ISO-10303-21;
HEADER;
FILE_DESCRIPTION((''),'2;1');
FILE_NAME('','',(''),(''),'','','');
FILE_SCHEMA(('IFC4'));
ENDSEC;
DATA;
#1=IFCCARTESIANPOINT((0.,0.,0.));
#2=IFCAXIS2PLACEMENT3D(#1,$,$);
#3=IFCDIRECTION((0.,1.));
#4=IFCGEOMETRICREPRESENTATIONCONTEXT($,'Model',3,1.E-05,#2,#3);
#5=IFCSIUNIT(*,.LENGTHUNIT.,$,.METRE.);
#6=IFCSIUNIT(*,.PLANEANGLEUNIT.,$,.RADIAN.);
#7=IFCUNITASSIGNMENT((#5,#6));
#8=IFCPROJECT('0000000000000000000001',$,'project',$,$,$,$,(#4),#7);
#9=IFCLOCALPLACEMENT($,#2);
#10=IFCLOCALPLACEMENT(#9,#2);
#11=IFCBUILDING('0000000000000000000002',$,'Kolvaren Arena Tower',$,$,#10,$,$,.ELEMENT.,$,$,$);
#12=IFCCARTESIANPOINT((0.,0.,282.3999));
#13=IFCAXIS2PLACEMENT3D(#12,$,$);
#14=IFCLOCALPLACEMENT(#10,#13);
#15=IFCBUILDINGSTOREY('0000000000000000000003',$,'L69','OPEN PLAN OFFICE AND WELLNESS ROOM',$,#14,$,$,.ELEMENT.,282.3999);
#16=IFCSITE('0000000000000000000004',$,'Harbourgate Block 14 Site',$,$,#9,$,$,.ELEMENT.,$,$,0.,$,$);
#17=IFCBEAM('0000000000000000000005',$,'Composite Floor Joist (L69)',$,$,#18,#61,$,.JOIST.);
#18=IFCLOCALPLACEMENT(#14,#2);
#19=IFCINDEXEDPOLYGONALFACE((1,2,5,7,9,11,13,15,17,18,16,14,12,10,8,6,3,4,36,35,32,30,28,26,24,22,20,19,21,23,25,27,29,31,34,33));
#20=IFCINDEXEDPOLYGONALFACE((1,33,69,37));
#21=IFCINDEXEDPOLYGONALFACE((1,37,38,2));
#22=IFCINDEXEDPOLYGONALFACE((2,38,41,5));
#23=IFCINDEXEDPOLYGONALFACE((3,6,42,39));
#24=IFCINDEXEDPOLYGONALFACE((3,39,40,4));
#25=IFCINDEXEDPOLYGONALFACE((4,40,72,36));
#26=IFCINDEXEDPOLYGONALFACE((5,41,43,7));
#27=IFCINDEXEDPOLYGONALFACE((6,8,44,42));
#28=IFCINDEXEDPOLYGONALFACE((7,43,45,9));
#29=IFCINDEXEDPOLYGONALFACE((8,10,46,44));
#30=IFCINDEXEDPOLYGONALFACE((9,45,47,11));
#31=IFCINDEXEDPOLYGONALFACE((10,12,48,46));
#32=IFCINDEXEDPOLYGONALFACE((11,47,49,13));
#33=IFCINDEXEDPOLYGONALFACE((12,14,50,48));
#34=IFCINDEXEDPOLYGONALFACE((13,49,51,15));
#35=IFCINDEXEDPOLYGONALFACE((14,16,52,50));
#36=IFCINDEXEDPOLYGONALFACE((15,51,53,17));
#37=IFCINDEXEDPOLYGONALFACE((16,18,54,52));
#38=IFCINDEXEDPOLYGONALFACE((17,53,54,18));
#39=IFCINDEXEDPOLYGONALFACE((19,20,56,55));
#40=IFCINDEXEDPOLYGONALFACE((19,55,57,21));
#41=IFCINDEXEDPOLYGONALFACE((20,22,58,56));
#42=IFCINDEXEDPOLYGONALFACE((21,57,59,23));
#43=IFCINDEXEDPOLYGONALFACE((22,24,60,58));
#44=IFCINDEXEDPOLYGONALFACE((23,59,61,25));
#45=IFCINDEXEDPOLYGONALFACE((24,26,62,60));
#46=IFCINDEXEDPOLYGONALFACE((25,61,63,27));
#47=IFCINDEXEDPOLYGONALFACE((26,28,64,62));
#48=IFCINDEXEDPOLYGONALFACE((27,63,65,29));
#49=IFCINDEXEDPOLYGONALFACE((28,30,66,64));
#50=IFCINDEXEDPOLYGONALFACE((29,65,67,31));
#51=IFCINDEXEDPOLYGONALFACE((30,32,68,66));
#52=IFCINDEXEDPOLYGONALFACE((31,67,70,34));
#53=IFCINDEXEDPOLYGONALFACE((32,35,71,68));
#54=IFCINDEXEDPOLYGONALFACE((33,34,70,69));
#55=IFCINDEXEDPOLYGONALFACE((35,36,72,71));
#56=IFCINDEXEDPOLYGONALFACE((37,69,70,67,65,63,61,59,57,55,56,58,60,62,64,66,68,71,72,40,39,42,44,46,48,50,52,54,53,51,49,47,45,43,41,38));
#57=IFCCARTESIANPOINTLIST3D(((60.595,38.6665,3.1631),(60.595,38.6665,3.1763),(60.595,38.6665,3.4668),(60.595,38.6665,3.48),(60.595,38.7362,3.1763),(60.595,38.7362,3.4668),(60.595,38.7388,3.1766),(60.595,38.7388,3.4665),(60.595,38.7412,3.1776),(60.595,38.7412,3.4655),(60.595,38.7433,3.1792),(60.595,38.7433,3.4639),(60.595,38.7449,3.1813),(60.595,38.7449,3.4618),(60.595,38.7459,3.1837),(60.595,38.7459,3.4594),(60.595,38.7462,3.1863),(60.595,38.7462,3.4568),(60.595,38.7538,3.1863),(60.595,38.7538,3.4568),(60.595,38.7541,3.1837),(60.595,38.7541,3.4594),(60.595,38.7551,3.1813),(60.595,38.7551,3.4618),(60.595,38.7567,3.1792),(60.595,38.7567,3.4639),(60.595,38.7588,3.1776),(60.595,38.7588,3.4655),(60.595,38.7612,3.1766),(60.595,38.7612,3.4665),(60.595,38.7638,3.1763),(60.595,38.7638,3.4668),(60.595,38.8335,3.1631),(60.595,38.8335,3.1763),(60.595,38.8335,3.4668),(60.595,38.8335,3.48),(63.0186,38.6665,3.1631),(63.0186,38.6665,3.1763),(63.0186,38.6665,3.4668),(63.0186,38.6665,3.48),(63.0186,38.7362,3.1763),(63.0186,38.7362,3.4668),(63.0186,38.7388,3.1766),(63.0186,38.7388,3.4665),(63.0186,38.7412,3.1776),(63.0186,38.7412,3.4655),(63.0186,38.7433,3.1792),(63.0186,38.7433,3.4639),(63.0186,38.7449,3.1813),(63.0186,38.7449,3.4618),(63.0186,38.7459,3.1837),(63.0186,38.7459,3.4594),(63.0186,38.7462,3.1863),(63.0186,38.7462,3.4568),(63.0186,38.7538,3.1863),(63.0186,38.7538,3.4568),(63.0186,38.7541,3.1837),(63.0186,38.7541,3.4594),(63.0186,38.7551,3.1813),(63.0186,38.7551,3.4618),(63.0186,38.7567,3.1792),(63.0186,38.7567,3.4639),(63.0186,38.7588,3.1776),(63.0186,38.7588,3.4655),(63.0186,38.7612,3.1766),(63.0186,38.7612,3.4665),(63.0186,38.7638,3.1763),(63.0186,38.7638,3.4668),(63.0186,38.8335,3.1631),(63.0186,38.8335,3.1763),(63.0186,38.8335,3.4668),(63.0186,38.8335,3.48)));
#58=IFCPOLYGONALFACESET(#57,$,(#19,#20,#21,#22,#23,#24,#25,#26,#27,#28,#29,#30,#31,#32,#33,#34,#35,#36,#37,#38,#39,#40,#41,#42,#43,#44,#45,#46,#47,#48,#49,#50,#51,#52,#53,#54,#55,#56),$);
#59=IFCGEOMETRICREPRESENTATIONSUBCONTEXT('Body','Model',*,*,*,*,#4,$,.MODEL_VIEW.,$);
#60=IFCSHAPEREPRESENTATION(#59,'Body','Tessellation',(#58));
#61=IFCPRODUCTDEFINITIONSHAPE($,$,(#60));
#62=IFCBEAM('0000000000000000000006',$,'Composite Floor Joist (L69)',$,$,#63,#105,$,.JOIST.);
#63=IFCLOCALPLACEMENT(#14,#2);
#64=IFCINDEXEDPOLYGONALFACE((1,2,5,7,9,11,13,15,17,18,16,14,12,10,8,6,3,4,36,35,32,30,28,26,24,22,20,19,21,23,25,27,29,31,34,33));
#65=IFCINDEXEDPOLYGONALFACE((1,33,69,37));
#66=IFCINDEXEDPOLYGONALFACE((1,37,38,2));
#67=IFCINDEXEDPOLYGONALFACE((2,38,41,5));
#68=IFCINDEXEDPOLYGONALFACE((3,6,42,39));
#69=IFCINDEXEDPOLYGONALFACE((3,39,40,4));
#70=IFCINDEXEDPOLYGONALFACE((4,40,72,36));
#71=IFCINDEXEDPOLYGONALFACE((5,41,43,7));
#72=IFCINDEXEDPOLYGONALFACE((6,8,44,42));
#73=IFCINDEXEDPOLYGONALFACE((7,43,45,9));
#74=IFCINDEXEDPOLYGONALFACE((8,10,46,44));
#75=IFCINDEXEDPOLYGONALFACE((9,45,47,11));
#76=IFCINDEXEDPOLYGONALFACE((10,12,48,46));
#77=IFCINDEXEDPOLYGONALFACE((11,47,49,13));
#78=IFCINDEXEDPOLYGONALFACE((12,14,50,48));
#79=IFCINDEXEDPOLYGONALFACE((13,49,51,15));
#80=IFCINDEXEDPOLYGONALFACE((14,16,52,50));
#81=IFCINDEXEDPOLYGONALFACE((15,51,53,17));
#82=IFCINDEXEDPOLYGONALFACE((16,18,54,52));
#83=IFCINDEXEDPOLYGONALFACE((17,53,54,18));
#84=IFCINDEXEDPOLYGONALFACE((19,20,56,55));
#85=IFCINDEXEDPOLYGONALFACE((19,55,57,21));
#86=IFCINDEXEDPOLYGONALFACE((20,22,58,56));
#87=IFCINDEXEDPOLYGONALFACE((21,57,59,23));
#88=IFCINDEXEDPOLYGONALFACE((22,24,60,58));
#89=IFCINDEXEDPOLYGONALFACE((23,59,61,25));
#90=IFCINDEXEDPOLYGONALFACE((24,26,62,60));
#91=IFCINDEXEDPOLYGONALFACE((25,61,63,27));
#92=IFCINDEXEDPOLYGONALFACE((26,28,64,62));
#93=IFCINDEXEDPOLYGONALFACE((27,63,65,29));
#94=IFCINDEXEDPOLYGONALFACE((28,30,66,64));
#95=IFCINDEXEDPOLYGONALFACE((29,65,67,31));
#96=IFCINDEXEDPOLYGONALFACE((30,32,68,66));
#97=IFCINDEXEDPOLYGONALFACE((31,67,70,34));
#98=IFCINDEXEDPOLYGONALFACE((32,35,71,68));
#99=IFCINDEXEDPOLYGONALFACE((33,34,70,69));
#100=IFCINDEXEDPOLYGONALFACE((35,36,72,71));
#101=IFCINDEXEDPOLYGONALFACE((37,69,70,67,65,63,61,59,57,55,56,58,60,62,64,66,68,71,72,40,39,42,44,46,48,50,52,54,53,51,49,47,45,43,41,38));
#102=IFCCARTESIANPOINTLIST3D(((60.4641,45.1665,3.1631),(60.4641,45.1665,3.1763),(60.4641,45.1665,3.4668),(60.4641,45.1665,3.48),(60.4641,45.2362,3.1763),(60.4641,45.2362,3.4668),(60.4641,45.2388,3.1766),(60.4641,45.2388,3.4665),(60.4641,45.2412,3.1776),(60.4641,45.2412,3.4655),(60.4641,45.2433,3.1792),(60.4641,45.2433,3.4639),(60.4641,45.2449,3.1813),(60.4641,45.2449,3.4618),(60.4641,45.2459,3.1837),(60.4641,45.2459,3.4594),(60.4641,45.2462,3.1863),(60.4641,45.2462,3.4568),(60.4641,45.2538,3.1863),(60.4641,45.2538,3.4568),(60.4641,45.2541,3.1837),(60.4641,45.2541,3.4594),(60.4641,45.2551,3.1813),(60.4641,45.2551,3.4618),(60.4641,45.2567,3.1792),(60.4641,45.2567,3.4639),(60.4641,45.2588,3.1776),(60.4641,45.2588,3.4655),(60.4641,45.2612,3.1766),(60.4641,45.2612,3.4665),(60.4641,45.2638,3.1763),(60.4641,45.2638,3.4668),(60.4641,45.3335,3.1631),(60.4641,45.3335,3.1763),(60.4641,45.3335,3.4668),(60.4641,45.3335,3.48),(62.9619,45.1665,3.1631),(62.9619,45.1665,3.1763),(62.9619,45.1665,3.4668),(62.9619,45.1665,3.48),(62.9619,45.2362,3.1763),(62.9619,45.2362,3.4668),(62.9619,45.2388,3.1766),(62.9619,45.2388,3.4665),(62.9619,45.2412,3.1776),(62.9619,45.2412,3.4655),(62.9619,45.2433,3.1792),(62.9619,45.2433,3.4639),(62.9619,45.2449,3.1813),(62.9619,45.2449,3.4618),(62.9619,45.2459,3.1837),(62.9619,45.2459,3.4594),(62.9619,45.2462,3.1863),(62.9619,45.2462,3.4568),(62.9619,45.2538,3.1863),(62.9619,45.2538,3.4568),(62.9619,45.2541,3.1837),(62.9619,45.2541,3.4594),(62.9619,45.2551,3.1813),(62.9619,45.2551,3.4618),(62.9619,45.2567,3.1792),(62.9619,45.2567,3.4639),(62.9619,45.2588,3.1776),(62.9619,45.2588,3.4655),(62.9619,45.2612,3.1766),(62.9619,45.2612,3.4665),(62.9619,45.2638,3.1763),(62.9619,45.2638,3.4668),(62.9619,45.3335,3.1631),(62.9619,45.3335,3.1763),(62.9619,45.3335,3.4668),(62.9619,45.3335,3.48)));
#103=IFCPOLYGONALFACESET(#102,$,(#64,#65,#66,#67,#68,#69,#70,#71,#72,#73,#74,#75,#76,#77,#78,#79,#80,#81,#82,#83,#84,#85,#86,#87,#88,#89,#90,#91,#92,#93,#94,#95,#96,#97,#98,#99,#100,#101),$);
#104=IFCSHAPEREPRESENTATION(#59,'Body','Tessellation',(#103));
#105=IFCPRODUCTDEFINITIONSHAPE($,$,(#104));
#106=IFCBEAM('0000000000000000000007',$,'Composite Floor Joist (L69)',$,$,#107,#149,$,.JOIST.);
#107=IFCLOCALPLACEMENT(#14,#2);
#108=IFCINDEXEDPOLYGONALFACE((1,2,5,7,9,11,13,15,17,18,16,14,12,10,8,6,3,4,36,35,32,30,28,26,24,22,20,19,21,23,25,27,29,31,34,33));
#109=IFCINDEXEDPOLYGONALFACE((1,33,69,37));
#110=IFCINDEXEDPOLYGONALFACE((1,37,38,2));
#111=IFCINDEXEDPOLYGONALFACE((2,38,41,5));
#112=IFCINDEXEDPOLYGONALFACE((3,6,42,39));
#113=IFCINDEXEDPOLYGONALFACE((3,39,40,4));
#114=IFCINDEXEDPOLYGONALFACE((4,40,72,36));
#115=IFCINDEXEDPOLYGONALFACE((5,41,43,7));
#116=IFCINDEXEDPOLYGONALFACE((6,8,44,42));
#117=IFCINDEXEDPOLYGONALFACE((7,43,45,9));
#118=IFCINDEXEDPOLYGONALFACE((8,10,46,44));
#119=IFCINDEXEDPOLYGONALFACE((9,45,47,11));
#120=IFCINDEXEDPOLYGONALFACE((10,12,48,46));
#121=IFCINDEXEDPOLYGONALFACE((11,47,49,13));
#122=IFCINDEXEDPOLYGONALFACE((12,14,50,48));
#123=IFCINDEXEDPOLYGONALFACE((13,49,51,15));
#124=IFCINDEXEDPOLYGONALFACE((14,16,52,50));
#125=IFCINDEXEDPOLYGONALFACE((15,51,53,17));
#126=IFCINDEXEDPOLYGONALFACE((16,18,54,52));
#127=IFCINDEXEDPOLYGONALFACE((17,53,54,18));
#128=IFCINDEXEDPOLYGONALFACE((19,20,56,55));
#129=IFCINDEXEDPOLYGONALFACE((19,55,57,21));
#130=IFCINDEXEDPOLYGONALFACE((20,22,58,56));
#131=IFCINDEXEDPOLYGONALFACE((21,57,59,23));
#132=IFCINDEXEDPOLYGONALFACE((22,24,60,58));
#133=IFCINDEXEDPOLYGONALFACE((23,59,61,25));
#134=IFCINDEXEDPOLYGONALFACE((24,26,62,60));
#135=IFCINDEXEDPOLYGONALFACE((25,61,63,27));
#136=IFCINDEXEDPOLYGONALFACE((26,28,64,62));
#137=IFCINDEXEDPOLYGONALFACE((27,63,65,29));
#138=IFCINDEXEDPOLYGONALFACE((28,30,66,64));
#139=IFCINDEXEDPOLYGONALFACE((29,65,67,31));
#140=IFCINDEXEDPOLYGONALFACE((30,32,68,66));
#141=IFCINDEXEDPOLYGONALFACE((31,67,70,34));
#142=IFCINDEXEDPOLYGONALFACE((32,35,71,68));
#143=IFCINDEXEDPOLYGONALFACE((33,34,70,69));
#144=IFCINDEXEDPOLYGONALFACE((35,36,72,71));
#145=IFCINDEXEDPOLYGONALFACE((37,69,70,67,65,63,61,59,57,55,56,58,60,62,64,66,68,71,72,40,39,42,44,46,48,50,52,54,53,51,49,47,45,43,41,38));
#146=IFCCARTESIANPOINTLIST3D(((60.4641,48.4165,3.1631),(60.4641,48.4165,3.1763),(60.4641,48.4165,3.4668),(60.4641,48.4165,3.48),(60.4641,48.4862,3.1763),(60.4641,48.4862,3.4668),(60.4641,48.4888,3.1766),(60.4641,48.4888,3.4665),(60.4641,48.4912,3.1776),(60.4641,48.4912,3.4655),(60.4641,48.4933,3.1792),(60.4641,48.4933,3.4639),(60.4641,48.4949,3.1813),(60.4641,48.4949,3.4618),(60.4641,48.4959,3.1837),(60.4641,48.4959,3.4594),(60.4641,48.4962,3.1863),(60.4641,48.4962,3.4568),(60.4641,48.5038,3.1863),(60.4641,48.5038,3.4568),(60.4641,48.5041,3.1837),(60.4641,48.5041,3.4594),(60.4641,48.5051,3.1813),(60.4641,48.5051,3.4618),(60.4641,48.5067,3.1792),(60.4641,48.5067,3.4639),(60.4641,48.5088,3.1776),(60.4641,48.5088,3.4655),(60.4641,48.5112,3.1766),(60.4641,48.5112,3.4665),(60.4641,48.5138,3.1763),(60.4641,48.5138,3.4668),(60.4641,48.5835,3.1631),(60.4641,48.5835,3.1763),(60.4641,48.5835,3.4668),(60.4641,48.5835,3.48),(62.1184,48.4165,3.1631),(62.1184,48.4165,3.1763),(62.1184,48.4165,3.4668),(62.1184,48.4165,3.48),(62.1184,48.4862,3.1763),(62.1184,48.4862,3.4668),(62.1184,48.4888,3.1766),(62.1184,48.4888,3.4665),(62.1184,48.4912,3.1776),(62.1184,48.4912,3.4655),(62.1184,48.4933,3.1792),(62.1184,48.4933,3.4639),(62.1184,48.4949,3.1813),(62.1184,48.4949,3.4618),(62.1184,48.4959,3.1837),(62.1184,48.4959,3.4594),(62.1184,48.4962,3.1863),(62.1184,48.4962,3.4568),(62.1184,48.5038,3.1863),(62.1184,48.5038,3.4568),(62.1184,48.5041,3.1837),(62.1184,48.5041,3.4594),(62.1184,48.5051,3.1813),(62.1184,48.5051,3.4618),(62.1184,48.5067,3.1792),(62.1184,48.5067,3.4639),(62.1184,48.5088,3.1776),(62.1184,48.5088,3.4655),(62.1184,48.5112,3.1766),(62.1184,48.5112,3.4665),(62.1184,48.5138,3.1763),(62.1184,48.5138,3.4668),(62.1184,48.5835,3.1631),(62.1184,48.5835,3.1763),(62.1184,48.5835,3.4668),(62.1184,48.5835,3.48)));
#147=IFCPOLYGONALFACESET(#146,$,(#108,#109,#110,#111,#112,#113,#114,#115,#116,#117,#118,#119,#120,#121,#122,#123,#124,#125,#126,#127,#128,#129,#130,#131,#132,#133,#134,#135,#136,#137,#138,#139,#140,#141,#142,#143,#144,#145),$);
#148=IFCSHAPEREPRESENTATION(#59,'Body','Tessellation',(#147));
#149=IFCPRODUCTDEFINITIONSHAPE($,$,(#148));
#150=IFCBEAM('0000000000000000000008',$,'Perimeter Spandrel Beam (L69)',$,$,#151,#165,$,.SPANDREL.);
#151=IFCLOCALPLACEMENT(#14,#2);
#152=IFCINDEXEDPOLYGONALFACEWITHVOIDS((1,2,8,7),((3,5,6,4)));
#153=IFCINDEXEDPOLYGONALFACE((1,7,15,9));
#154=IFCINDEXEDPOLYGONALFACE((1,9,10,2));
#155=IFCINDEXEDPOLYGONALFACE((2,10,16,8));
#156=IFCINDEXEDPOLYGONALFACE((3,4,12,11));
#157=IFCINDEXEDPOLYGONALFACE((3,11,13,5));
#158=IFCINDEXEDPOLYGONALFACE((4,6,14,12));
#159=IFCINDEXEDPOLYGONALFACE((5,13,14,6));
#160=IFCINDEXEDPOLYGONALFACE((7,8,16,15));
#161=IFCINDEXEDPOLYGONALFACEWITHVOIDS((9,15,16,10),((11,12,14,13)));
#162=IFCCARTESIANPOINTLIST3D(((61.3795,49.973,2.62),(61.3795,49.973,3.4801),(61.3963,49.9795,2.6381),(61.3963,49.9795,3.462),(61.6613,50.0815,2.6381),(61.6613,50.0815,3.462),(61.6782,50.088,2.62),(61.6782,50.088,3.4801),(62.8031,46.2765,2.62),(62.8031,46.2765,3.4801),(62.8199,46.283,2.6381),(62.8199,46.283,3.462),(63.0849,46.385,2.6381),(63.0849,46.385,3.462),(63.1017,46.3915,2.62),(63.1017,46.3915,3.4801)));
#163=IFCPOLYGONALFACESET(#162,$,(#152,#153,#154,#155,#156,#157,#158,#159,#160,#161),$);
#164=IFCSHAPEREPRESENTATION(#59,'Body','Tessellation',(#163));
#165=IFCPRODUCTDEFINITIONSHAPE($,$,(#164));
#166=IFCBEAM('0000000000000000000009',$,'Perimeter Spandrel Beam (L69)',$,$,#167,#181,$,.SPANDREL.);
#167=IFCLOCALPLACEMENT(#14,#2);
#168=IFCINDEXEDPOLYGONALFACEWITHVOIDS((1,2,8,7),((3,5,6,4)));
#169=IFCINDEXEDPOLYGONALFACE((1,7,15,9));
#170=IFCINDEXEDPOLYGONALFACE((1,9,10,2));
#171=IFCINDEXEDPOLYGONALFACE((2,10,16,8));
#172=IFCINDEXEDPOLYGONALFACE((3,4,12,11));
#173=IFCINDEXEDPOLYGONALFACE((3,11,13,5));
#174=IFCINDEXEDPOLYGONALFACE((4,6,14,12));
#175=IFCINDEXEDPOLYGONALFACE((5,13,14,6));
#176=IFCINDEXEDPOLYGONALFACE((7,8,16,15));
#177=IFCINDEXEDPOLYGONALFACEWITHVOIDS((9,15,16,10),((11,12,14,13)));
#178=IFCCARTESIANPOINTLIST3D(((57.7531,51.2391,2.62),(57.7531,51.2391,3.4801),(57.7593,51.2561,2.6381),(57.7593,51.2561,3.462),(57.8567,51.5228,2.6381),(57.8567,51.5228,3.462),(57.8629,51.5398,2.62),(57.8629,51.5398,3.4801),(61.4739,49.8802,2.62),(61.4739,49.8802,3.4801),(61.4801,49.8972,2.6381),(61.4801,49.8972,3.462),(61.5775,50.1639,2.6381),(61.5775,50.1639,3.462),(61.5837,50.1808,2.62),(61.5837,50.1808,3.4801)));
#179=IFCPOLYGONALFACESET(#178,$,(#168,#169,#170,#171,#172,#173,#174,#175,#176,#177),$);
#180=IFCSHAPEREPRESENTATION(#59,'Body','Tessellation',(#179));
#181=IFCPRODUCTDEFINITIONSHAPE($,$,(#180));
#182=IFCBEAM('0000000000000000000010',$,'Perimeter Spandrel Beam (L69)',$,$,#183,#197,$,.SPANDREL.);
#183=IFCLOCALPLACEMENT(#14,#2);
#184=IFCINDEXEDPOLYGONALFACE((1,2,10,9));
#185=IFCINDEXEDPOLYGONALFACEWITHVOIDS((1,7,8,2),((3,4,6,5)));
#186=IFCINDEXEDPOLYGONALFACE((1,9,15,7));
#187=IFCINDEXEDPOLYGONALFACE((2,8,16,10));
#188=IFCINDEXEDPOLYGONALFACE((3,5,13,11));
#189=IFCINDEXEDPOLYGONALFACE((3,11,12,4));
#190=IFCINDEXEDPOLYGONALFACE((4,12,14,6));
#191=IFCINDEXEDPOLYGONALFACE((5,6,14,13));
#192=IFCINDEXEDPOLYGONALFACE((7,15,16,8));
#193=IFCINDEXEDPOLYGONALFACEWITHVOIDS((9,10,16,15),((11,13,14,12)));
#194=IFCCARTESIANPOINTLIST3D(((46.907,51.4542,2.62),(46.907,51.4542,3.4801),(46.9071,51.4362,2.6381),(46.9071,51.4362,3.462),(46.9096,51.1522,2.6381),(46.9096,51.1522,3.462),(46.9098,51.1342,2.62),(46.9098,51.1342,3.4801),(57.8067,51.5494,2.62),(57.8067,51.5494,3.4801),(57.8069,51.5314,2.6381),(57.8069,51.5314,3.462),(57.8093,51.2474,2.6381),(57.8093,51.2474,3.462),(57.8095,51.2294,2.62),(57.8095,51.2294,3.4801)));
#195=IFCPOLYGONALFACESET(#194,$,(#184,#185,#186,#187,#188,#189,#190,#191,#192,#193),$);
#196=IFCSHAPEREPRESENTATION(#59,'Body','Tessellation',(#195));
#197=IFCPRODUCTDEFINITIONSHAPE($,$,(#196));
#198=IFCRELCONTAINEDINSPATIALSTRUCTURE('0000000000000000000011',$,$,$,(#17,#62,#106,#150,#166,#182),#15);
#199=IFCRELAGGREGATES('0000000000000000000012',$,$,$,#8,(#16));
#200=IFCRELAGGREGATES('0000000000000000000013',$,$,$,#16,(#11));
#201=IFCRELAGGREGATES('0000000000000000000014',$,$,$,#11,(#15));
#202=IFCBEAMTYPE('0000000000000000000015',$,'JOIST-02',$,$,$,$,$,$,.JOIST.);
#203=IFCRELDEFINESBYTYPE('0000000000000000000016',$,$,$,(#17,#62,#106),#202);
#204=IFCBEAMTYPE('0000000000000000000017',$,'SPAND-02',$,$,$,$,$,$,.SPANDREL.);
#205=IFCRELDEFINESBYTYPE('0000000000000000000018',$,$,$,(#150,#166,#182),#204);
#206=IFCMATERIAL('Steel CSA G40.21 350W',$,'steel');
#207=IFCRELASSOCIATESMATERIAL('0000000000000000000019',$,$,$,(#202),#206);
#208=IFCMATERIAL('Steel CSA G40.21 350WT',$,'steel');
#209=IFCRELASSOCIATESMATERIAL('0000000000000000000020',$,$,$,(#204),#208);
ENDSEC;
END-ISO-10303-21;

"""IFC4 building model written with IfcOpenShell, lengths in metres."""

from ifc_helpers import new_model, si_unit, direction, frame, origin, origin_2d, place, context, subcontext, project, spatial, hollow_rectangle, i_section, extrude, material, material_profile, profile_set, type_object, element, save


model = new_model("IFC4")

# Units and contexts
model_context = context("Model", 3, precision=1e-05, world=origin(), true_north=direction((0.0, 1.0)))
body_context = subcontext(model_context, "Body", "Model", "MODEL_VIEW")
ifc_project = project(units=[si_unit("LENGTHUNIT", "METRE"), si_unit("PLANEANGLEUNIT", "RADIAN")], contexts=[model_context])

# Site, building, storey
site_placement = place(None, origin())
site = spatial("IfcSite", under=ifc_project, at=site_placement, Name="Harbourgate Block 14 Site", CompositionType="ELEMENT", RefElevation=0.0)
building_placement = place(site_placement, origin())
building = spatial("IfcBuilding", under=site, at=building_placement, Name="Kolvaren Arena Tower", CompositionType="ELEMENT")
storey_placement = place(building_placement, frame((0.0, 0.0, 282.3999)))
storey = spatial("IfcBuildingStorey", under=building, at=storey_placement, Name="L69", Description="OPEN PLAN OFFICE AND WELLNESS ROOM", CompositionType="ELEMENT", Elevation=282.3999)

# Beams
ifc_material_1 = material(Name="Steel CSA G40.21 350W", Category="steel")
ifc_material_profile_1 = material_profile(ifc_material_1, i_section(OverallWidth=0.167, OverallDepth=0.3169, WebThickness=0.0076, FlangeThickness=0.0132, FilletRadius=0.01, at=origin_2d()), Name="W310x52")
ifc_profile_set_1 = profile_set([ifc_material_profile_1], Name="Steel CSA G40.21 350W")
beam_type_1 = type_object("IfcBeamType", Name="JOIST-02", PredefinedType="JOIST", material=ifc_profile_set_1)
beam_1_placement = place(storey_placement, frame((60.595, 38.75, 3.3215), z_axis=(1.0, 0.0, 0.0), x_axis=(0.0, 1.0, 0.0)))
element("IfcBeam", 1, at=beam_1_placement, inside=storey, type_object=beam_type_1, Name="Composite Floor Joist (L69)", PredefinedType="JOIST", context=body_context, shape_type="SweptSolid", body=[
    extrude(i_section(OverallWidth=0.167, OverallDepth=0.3169, WebThickness=0.0076, FlangeThickness=0.0132, FilletRadius=0.01, at=origin_2d()), origin(), (0.0, 0.0, 1.0), 2.4236),
])
beam_2_placement = place(storey_placement, frame((60.4641, 45.25, 3.3215), z_axis=(1.0, 0.0, 0.0), x_axis=(0.0, 1.0, 0.0)))
element("IfcBeam", 2, at=beam_2_placement, inside=storey, type_object=beam_type_1, Name="Composite Floor Joist (L69)", PredefinedType="JOIST", context=body_context, shape_type="SweptSolid", body=[
    extrude(i_section(OverallWidth=0.167, OverallDepth=0.3169, WebThickness=0.0076, FlangeThickness=0.0132, FilletRadius=0.01, at=origin_2d()), origin(), (0.0, 0.0, 1.0), 2.4978),
])
beam_3_placement = place(storey_placement, frame((60.4641, 48.5, 3.3215), z_axis=(1.0, 0.0, 0.0), x_axis=(0.0, 1.0, 0.0)))
element("IfcBeam", 3, at=beam_3_placement, inside=storey, type_object=beam_type_1, Name="Composite Floor Joist (L69)", PredefinedType="JOIST", context=body_context, shape_type="SweptSolid", body=[
    extrude(i_section(OverallWidth=0.167, OverallDepth=0.3169, WebThickness=0.0076, FlangeThickness=0.0132, FilletRadius=0.01, at=origin_2d()), origin(), (0.0, 0.0, 1.0), 1.6543),
])
ifc_material_2 = material(Name="Steel CSA G40.21 350WT", Category="steel")
ifc_material_profile_2 = material_profile(ifc_material_2, hollow_rectangle(XDim=0.3201, YDim=0.8601, WallThickness=0.0181, at=origin_2d()), Name="HSS 860x320x18")
ifc_profile_set_2 = profile_set([ifc_material_profile_2], Name="Steel CSA G40.21 350WT")
beam_type_2 = type_object("IfcBeamType", Name="SPAND-02", PredefinedType="SPANDREL", material=ifc_profile_set_2)
for number, where, z_axis, x_axis, name in (
    (4, (62.9524, 46.334, 3.05), (-0.359384, 0.93319, 0.0), (-0.93319, -0.359384, 0.0), "Perimeter Spandrel Beam (L69)"),
    (5, (61.5288, 50.0305, 3.05), (-0.939314, 0.343059, 0.0), (-0.343059, -0.939314, 0.0), "Perimeter Spandrel Beam (L69)"),
):
    element("IfcBeam", number, at=place(storey_placement, frame(where, z_axis=z_axis, x_axis=x_axis)), inside=storey, type_object=beam_type_2, Name=name, PredefinedType="SPANDREL", context=body_context, shape_type="SweptSolid", body=[
        extrude(hollow_rectangle(XDim=0.3201, YDim=0.8601, WallThickness=0.0181, at=origin_2d()), origin(), (0.0, 0.0, 1.0), 3.9612),
    ])
beam_4_placement = place(storey_placement, frame((57.8081, 51.3894, 3.05), z_axis=(-0.999962, -0.008735, 0.0), x_axis=(0.008735, -0.999962, 0.0)))
element("IfcBeam", 6, at=beam_4_placement, inside=storey, type_object=beam_type_2, Name="Perimeter Spandrel Beam (L69)", PredefinedType="SPANDREL", context=body_context, shape_type="SweptSolid", body=[
    extrude(hollow_rectangle(XDim=0.3201, YDim=0.8601, WallThickness=0.0181, at=origin_2d()), origin(), (0.0, 0.0, 1.0), 10.9001),
])

save(model, "model.ifc")
